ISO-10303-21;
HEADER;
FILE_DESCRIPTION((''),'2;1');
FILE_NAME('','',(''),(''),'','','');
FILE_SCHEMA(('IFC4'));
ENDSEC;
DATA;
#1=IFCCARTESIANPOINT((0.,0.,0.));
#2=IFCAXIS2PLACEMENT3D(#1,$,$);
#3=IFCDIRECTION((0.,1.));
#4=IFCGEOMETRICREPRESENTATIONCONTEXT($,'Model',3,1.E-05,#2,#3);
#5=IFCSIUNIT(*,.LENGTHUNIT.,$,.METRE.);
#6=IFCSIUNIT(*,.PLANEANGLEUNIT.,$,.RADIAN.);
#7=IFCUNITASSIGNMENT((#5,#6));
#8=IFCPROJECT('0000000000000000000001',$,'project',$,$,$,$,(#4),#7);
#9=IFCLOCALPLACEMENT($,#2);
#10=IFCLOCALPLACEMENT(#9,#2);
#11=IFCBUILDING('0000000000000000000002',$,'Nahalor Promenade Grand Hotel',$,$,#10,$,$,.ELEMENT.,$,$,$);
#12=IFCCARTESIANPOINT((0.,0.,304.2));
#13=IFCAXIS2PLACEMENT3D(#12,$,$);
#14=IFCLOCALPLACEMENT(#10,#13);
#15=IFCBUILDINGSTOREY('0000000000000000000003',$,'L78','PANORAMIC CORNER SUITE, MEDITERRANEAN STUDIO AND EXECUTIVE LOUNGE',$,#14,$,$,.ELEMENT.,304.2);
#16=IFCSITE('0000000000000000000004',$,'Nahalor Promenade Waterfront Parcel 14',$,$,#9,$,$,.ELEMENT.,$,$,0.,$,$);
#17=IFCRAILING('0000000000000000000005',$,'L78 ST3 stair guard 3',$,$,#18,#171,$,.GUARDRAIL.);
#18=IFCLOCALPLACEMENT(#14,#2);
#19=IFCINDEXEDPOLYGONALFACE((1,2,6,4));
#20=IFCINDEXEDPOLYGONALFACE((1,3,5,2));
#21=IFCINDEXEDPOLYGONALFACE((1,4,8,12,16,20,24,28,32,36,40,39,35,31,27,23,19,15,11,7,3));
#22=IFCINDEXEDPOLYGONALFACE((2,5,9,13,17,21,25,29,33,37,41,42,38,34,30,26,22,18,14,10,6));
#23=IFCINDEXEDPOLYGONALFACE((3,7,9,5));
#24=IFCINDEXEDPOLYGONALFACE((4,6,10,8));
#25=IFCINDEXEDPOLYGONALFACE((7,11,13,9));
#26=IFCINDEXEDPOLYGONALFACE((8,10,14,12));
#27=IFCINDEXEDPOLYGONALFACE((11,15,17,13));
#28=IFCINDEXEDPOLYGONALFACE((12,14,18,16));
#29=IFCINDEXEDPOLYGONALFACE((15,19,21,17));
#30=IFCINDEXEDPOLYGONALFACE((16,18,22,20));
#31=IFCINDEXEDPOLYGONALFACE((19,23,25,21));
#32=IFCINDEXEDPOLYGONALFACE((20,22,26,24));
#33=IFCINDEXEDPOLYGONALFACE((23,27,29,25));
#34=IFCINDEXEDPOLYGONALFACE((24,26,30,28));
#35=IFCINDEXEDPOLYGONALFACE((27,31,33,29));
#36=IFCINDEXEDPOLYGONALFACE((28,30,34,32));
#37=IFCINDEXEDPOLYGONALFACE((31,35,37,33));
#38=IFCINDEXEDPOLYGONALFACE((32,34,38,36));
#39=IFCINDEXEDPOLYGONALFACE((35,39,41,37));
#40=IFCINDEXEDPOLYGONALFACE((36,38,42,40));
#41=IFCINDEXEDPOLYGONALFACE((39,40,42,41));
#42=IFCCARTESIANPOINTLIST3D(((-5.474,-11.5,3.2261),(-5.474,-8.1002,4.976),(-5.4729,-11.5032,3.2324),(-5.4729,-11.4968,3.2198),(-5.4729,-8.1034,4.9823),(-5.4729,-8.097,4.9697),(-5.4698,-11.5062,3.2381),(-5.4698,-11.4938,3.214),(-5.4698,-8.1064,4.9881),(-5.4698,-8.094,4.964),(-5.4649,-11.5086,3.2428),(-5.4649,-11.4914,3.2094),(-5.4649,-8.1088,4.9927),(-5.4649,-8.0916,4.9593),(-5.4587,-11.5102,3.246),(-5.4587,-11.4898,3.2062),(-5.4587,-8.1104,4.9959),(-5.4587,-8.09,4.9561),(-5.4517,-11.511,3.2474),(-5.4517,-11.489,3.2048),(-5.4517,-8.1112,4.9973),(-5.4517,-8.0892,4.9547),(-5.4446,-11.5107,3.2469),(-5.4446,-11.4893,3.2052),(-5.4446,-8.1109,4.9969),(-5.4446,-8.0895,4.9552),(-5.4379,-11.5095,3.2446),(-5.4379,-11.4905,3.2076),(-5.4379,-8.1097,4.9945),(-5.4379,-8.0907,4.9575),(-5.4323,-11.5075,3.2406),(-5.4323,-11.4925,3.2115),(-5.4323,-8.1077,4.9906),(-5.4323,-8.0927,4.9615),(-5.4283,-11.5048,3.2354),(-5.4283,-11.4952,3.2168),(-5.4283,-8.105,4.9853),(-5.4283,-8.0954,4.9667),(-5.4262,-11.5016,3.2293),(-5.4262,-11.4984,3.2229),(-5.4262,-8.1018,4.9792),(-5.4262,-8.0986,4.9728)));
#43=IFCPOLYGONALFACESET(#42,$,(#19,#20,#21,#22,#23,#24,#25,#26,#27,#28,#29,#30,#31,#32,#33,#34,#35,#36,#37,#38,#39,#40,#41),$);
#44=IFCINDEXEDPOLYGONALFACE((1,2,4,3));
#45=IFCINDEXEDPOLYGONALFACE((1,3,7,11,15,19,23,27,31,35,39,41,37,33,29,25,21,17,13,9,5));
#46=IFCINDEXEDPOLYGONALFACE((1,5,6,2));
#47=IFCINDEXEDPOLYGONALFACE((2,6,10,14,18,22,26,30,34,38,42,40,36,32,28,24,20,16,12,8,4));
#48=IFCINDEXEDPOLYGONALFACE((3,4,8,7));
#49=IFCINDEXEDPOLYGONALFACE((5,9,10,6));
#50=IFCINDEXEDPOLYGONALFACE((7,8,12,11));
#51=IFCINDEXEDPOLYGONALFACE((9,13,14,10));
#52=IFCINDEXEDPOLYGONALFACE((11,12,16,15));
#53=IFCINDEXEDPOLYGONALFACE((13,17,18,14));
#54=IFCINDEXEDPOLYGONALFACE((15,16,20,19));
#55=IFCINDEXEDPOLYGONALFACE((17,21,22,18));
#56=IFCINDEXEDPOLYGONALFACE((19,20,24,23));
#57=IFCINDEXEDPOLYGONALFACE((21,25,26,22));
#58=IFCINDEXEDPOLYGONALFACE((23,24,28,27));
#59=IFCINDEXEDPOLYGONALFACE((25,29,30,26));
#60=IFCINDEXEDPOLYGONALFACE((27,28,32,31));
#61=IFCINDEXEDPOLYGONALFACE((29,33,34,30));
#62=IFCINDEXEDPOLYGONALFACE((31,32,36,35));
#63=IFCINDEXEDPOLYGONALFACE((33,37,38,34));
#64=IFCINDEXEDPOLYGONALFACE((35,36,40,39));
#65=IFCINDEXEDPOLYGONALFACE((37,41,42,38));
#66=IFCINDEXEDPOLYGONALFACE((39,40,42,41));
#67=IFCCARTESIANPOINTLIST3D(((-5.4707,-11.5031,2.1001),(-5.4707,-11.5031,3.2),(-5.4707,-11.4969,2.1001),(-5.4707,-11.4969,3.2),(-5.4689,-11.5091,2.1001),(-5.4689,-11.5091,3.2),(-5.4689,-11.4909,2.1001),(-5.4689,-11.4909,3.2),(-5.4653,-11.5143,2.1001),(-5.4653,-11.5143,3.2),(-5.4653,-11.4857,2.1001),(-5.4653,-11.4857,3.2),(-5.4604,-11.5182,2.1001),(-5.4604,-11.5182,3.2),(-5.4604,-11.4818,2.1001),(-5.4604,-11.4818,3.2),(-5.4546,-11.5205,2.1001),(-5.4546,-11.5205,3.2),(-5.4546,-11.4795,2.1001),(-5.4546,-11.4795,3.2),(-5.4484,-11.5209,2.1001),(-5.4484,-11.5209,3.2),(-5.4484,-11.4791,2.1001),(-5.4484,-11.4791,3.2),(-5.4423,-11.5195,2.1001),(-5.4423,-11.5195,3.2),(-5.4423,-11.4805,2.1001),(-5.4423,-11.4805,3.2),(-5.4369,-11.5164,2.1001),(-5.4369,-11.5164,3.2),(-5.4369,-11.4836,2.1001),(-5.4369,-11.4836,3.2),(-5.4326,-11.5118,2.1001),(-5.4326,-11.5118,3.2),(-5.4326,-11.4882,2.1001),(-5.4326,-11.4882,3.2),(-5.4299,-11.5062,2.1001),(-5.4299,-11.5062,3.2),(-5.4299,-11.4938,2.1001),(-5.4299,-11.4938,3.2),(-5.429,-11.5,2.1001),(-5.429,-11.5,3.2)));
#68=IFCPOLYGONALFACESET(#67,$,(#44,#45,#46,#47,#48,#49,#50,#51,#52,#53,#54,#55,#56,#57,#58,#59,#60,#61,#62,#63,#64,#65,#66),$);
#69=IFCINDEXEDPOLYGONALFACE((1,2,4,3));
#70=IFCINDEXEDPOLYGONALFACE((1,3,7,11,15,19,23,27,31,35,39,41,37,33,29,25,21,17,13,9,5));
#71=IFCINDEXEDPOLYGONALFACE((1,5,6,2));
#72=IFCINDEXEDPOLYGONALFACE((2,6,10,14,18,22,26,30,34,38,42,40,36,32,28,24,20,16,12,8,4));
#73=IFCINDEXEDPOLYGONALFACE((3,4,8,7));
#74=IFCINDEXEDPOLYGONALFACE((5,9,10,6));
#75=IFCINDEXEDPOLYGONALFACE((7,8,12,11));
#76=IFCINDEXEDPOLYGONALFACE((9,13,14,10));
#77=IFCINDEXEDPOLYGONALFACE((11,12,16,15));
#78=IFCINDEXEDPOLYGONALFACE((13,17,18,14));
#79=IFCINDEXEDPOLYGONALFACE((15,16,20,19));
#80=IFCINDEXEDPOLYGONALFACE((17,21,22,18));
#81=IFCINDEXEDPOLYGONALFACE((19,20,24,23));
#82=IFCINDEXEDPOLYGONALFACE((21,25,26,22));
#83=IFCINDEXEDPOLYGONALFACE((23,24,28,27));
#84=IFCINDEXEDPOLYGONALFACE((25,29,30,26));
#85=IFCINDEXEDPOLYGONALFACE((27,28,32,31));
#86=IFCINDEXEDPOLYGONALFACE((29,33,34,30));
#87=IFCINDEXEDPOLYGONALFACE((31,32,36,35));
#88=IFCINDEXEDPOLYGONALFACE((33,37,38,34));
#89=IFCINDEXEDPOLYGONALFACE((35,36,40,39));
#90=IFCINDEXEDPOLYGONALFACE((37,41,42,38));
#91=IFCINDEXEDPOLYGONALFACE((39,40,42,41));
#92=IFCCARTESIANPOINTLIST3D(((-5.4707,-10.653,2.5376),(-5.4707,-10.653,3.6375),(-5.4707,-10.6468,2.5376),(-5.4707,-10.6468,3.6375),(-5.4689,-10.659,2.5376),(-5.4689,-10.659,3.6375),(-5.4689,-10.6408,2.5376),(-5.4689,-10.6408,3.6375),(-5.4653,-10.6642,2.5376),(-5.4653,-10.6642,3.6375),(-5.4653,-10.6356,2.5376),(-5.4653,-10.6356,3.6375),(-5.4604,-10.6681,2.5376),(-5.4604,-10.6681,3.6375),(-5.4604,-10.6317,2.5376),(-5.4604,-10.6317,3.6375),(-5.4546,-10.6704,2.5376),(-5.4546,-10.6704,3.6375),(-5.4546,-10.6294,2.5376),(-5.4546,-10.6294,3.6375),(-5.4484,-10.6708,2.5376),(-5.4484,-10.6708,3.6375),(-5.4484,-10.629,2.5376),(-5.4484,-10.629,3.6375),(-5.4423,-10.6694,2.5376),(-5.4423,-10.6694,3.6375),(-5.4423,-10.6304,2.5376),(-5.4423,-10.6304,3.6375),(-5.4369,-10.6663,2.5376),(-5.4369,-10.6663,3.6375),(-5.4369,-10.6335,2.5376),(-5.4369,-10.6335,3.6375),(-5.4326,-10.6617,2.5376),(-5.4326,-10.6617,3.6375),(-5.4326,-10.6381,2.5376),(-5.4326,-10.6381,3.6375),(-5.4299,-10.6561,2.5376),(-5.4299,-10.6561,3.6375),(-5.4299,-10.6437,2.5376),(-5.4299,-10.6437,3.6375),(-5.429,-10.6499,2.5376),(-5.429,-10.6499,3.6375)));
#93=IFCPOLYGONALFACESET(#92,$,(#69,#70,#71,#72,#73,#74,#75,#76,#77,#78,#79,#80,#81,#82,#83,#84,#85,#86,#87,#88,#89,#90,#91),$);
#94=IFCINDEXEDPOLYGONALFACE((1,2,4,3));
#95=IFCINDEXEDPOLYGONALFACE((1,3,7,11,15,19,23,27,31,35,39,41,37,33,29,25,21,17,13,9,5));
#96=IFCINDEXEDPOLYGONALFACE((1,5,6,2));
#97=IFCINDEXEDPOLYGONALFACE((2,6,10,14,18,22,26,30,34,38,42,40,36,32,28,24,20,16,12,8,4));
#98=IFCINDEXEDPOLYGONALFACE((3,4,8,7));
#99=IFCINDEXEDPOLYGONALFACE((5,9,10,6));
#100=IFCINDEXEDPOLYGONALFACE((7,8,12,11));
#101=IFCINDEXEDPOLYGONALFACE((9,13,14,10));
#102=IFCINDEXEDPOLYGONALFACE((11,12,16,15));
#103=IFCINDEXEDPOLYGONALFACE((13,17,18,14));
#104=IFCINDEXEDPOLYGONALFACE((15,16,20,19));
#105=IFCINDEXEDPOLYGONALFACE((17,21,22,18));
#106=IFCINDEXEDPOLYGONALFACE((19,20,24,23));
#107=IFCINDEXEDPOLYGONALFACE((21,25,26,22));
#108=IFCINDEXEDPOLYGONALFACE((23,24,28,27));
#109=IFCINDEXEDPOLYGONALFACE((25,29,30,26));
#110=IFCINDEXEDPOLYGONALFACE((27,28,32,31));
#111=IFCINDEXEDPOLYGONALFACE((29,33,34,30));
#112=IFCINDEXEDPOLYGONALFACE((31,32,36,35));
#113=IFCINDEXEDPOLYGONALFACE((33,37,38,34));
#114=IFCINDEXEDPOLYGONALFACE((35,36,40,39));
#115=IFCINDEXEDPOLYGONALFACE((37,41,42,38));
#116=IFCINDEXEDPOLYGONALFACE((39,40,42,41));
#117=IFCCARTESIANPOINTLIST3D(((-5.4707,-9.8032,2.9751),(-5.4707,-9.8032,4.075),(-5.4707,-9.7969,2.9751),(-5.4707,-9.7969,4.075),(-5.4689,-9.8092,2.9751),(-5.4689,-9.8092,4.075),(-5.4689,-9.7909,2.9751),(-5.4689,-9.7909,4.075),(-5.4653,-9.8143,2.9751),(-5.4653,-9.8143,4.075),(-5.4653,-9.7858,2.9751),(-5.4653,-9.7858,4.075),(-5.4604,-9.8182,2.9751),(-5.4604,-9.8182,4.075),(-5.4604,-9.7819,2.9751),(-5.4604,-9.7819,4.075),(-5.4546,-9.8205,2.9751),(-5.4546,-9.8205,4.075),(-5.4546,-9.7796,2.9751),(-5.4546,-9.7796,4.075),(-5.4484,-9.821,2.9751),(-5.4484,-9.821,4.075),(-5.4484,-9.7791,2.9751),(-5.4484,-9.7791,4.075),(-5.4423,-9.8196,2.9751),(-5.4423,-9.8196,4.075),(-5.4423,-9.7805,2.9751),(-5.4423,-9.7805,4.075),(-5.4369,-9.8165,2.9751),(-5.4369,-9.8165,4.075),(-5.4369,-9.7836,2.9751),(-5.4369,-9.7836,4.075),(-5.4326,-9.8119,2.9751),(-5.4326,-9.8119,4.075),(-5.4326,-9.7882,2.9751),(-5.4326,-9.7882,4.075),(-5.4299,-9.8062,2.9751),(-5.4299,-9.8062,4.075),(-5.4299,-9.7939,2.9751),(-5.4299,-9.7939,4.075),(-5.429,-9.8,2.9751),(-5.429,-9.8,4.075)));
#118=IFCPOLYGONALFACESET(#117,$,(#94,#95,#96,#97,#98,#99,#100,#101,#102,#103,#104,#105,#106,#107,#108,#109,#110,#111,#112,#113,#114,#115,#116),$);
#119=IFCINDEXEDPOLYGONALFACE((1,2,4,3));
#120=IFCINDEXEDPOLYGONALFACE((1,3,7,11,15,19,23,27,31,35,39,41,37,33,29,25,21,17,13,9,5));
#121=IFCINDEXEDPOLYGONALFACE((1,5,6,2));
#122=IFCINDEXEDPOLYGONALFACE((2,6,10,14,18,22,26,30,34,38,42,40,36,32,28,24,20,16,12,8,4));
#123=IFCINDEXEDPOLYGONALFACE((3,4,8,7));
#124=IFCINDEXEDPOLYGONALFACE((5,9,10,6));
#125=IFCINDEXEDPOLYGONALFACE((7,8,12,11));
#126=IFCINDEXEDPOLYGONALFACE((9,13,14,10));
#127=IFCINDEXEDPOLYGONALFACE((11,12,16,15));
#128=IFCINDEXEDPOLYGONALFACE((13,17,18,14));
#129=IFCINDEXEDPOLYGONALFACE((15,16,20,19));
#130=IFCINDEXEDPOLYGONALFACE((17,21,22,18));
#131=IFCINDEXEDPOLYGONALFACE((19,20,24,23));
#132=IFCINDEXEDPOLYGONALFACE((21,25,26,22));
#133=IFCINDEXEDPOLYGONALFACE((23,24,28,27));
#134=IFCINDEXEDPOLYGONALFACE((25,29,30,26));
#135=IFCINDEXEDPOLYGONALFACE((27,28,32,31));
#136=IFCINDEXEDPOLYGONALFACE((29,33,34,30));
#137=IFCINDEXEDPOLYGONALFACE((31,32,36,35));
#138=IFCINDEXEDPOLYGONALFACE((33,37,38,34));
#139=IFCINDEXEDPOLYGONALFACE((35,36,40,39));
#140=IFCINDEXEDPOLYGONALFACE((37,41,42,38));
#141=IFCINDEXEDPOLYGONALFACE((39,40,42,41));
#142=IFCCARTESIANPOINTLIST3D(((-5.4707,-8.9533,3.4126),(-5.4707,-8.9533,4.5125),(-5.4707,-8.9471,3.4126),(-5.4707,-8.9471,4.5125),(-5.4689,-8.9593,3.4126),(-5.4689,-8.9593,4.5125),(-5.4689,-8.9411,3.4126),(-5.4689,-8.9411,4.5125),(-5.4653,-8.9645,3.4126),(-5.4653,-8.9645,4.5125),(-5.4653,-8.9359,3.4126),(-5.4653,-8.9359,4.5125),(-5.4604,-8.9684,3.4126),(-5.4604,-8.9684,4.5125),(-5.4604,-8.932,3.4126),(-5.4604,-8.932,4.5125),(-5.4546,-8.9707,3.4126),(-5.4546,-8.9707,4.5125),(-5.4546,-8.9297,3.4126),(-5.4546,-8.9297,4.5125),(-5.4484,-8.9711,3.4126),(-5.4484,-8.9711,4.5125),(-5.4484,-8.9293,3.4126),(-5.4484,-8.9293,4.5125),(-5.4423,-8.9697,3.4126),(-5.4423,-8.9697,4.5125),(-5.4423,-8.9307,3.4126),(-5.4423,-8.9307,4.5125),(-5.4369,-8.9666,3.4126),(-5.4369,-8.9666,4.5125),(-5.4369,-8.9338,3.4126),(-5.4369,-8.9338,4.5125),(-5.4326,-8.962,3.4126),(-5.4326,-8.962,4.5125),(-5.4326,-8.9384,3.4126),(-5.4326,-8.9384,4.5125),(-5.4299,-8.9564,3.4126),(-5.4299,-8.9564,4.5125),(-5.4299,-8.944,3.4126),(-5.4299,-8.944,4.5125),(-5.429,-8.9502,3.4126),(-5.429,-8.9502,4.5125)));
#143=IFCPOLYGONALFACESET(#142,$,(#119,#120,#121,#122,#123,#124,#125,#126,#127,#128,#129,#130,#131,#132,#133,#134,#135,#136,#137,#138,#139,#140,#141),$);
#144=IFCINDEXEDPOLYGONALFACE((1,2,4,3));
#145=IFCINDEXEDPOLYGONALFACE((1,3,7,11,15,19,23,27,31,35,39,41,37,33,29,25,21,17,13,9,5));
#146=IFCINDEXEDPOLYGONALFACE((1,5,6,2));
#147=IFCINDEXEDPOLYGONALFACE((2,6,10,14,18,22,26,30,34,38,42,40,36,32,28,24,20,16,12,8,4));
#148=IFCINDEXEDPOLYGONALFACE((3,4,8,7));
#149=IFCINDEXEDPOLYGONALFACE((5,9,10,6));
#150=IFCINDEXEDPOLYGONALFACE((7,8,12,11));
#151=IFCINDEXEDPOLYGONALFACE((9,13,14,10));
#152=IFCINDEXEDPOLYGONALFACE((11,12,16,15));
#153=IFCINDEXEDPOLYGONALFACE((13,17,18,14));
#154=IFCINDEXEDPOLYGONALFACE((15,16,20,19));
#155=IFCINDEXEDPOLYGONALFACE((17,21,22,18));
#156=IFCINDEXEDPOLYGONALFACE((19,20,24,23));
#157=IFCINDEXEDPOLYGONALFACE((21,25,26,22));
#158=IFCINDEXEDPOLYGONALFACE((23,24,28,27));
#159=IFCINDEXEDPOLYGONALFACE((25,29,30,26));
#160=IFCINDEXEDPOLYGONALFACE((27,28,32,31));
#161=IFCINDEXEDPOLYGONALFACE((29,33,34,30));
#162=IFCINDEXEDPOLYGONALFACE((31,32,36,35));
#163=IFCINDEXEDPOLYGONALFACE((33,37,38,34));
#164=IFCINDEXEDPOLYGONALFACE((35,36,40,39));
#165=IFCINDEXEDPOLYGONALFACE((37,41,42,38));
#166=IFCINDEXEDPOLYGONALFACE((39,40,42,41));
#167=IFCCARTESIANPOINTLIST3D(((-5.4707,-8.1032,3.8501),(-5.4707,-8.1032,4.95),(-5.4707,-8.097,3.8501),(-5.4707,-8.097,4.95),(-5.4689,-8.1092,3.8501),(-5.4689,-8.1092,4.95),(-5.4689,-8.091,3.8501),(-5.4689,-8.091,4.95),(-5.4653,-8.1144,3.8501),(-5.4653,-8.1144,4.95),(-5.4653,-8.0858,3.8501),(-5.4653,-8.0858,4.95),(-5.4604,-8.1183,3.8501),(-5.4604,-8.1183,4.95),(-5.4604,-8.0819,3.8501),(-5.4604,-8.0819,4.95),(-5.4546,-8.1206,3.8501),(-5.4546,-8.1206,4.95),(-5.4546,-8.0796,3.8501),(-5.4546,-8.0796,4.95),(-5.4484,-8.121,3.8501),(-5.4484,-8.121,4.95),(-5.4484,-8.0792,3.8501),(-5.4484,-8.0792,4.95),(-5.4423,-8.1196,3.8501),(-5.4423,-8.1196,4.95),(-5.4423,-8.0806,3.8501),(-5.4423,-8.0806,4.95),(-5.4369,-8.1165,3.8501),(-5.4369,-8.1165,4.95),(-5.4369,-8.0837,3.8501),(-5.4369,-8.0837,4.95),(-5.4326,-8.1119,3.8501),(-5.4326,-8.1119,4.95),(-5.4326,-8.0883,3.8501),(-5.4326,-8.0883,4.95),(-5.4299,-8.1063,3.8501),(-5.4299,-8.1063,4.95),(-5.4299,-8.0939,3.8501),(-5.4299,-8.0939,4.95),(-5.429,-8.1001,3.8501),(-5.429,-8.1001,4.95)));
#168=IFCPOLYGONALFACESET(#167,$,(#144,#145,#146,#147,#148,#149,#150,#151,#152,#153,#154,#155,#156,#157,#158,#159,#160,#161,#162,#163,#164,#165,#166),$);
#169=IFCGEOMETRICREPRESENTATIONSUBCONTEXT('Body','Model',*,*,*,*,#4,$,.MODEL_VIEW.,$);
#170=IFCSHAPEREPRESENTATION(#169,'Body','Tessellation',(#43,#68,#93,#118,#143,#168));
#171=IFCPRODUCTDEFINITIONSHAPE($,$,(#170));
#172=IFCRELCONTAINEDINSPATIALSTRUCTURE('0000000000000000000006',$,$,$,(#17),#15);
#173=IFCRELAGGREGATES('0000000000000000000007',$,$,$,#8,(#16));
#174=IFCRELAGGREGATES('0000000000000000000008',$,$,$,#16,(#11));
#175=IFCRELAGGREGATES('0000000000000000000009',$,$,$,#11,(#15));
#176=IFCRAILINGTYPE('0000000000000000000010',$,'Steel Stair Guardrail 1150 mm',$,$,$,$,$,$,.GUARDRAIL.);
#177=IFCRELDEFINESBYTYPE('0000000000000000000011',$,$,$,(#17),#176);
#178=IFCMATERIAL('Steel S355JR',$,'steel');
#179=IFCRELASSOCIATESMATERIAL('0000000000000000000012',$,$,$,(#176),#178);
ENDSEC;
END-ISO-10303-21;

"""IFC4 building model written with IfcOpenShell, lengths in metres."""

from ifc_helpers import new_model, si_unit, direction, frame, origin, origin_2d, place, context, subcontext, project, spatial, circle, extrude, material, type_object, element, save


model = new_model("IFC4")

# Units and contexts
model_context = context("Model", 3, precision=1e-05, world=origin(), true_north=direction((0.0, 1.0)))
body_context = subcontext(model_context, "Body", "Model", "MODEL_VIEW")
ifc_project = project(units=[si_unit("LENGTHUNIT", "METRE"), si_unit("PLANEANGLEUNIT", "RADIAN")], contexts=[model_context])

# Site, building, storey
site_placement = place(None, origin())
site = spatial("IfcSite", under=ifc_project, at=site_placement, Name="Nahalor Promenade Waterfront Parcel 14", CompositionType="ELEMENT", RefElevation=0.0)
building_placement = place(site_placement, origin())
building = spatial("IfcBuilding", under=site, at=building_placement, Name="Nahalor Promenade Grand Hotel", CompositionType="ELEMENT")
storey_placement = place(building_placement, frame((0.0, 0.0, 304.2)))
storey = spatial("IfcBuildingStorey", under=building, at=storey_placement, Name="L78", Description="PANORAMIC CORNER SUITE, MEDITERRANEAN STUDIO AND EXECUTIVE LOUNGE", CompositionType="ELEMENT", Elevation=304.2)

# Shared definitions
ifc_material_1 = material(Name="Steel S355JR", Category="steel")

# Railing
railing_type_1 = type_object("IfcRailingType", Name="Steel Stair Guardrail 1150 mm", PredefinedType="GUARDRAIL", material=ifc_material_1)
railing_1_placement = place(storey_placement, frame((-5.45, -11.5, 2.1001)))
element("IfcRailing", 1, at=railing_1_placement, inside=storey, type_object=railing_type_1, Name="L78 ST3 stair guard 3", PredefinedType="GUARDRAIL", context=body_context, shape_type="SweptSolid", body=[
    extrude(circle(Radius=0.024, at=origin_2d()), frame((0.0, 0.0, 1.126), z_axis=(0.0, 0.88913, 0.457654), x_axis=(-1.0, 0.0, 0.0)), (0.0, 0.0, 1.0), 3.8237),
    extrude(circle(Radius=0.021, at=origin_2d()), origin(), (0.0, 0.0, 1.0), 1.0999),
    extrude(circle(Radius=0.021, at=origin_2d()), frame((0.0, 0.8501, 0.4375)), (0.0, 0.0, 1.0), 1.0999),
    extrude(circle(Radius=0.021, at=origin_2d()), frame((0.0, 1.7, 0.875)), (0.0, 0.0, 1.0), 1.0999),
    extrude(circle(Radius=0.021, at=origin_2d()), frame((0.0, 2.5498, 1.3125)), (0.0, 0.0, 1.0), 1.0999),
    extrude(circle(Radius=0.021, at=origin_2d()), frame((0.0, 3.3999, 1.75)), (0.0, 0.0, 1.0), 1.0999),
])

save(model, "model.ifc")
